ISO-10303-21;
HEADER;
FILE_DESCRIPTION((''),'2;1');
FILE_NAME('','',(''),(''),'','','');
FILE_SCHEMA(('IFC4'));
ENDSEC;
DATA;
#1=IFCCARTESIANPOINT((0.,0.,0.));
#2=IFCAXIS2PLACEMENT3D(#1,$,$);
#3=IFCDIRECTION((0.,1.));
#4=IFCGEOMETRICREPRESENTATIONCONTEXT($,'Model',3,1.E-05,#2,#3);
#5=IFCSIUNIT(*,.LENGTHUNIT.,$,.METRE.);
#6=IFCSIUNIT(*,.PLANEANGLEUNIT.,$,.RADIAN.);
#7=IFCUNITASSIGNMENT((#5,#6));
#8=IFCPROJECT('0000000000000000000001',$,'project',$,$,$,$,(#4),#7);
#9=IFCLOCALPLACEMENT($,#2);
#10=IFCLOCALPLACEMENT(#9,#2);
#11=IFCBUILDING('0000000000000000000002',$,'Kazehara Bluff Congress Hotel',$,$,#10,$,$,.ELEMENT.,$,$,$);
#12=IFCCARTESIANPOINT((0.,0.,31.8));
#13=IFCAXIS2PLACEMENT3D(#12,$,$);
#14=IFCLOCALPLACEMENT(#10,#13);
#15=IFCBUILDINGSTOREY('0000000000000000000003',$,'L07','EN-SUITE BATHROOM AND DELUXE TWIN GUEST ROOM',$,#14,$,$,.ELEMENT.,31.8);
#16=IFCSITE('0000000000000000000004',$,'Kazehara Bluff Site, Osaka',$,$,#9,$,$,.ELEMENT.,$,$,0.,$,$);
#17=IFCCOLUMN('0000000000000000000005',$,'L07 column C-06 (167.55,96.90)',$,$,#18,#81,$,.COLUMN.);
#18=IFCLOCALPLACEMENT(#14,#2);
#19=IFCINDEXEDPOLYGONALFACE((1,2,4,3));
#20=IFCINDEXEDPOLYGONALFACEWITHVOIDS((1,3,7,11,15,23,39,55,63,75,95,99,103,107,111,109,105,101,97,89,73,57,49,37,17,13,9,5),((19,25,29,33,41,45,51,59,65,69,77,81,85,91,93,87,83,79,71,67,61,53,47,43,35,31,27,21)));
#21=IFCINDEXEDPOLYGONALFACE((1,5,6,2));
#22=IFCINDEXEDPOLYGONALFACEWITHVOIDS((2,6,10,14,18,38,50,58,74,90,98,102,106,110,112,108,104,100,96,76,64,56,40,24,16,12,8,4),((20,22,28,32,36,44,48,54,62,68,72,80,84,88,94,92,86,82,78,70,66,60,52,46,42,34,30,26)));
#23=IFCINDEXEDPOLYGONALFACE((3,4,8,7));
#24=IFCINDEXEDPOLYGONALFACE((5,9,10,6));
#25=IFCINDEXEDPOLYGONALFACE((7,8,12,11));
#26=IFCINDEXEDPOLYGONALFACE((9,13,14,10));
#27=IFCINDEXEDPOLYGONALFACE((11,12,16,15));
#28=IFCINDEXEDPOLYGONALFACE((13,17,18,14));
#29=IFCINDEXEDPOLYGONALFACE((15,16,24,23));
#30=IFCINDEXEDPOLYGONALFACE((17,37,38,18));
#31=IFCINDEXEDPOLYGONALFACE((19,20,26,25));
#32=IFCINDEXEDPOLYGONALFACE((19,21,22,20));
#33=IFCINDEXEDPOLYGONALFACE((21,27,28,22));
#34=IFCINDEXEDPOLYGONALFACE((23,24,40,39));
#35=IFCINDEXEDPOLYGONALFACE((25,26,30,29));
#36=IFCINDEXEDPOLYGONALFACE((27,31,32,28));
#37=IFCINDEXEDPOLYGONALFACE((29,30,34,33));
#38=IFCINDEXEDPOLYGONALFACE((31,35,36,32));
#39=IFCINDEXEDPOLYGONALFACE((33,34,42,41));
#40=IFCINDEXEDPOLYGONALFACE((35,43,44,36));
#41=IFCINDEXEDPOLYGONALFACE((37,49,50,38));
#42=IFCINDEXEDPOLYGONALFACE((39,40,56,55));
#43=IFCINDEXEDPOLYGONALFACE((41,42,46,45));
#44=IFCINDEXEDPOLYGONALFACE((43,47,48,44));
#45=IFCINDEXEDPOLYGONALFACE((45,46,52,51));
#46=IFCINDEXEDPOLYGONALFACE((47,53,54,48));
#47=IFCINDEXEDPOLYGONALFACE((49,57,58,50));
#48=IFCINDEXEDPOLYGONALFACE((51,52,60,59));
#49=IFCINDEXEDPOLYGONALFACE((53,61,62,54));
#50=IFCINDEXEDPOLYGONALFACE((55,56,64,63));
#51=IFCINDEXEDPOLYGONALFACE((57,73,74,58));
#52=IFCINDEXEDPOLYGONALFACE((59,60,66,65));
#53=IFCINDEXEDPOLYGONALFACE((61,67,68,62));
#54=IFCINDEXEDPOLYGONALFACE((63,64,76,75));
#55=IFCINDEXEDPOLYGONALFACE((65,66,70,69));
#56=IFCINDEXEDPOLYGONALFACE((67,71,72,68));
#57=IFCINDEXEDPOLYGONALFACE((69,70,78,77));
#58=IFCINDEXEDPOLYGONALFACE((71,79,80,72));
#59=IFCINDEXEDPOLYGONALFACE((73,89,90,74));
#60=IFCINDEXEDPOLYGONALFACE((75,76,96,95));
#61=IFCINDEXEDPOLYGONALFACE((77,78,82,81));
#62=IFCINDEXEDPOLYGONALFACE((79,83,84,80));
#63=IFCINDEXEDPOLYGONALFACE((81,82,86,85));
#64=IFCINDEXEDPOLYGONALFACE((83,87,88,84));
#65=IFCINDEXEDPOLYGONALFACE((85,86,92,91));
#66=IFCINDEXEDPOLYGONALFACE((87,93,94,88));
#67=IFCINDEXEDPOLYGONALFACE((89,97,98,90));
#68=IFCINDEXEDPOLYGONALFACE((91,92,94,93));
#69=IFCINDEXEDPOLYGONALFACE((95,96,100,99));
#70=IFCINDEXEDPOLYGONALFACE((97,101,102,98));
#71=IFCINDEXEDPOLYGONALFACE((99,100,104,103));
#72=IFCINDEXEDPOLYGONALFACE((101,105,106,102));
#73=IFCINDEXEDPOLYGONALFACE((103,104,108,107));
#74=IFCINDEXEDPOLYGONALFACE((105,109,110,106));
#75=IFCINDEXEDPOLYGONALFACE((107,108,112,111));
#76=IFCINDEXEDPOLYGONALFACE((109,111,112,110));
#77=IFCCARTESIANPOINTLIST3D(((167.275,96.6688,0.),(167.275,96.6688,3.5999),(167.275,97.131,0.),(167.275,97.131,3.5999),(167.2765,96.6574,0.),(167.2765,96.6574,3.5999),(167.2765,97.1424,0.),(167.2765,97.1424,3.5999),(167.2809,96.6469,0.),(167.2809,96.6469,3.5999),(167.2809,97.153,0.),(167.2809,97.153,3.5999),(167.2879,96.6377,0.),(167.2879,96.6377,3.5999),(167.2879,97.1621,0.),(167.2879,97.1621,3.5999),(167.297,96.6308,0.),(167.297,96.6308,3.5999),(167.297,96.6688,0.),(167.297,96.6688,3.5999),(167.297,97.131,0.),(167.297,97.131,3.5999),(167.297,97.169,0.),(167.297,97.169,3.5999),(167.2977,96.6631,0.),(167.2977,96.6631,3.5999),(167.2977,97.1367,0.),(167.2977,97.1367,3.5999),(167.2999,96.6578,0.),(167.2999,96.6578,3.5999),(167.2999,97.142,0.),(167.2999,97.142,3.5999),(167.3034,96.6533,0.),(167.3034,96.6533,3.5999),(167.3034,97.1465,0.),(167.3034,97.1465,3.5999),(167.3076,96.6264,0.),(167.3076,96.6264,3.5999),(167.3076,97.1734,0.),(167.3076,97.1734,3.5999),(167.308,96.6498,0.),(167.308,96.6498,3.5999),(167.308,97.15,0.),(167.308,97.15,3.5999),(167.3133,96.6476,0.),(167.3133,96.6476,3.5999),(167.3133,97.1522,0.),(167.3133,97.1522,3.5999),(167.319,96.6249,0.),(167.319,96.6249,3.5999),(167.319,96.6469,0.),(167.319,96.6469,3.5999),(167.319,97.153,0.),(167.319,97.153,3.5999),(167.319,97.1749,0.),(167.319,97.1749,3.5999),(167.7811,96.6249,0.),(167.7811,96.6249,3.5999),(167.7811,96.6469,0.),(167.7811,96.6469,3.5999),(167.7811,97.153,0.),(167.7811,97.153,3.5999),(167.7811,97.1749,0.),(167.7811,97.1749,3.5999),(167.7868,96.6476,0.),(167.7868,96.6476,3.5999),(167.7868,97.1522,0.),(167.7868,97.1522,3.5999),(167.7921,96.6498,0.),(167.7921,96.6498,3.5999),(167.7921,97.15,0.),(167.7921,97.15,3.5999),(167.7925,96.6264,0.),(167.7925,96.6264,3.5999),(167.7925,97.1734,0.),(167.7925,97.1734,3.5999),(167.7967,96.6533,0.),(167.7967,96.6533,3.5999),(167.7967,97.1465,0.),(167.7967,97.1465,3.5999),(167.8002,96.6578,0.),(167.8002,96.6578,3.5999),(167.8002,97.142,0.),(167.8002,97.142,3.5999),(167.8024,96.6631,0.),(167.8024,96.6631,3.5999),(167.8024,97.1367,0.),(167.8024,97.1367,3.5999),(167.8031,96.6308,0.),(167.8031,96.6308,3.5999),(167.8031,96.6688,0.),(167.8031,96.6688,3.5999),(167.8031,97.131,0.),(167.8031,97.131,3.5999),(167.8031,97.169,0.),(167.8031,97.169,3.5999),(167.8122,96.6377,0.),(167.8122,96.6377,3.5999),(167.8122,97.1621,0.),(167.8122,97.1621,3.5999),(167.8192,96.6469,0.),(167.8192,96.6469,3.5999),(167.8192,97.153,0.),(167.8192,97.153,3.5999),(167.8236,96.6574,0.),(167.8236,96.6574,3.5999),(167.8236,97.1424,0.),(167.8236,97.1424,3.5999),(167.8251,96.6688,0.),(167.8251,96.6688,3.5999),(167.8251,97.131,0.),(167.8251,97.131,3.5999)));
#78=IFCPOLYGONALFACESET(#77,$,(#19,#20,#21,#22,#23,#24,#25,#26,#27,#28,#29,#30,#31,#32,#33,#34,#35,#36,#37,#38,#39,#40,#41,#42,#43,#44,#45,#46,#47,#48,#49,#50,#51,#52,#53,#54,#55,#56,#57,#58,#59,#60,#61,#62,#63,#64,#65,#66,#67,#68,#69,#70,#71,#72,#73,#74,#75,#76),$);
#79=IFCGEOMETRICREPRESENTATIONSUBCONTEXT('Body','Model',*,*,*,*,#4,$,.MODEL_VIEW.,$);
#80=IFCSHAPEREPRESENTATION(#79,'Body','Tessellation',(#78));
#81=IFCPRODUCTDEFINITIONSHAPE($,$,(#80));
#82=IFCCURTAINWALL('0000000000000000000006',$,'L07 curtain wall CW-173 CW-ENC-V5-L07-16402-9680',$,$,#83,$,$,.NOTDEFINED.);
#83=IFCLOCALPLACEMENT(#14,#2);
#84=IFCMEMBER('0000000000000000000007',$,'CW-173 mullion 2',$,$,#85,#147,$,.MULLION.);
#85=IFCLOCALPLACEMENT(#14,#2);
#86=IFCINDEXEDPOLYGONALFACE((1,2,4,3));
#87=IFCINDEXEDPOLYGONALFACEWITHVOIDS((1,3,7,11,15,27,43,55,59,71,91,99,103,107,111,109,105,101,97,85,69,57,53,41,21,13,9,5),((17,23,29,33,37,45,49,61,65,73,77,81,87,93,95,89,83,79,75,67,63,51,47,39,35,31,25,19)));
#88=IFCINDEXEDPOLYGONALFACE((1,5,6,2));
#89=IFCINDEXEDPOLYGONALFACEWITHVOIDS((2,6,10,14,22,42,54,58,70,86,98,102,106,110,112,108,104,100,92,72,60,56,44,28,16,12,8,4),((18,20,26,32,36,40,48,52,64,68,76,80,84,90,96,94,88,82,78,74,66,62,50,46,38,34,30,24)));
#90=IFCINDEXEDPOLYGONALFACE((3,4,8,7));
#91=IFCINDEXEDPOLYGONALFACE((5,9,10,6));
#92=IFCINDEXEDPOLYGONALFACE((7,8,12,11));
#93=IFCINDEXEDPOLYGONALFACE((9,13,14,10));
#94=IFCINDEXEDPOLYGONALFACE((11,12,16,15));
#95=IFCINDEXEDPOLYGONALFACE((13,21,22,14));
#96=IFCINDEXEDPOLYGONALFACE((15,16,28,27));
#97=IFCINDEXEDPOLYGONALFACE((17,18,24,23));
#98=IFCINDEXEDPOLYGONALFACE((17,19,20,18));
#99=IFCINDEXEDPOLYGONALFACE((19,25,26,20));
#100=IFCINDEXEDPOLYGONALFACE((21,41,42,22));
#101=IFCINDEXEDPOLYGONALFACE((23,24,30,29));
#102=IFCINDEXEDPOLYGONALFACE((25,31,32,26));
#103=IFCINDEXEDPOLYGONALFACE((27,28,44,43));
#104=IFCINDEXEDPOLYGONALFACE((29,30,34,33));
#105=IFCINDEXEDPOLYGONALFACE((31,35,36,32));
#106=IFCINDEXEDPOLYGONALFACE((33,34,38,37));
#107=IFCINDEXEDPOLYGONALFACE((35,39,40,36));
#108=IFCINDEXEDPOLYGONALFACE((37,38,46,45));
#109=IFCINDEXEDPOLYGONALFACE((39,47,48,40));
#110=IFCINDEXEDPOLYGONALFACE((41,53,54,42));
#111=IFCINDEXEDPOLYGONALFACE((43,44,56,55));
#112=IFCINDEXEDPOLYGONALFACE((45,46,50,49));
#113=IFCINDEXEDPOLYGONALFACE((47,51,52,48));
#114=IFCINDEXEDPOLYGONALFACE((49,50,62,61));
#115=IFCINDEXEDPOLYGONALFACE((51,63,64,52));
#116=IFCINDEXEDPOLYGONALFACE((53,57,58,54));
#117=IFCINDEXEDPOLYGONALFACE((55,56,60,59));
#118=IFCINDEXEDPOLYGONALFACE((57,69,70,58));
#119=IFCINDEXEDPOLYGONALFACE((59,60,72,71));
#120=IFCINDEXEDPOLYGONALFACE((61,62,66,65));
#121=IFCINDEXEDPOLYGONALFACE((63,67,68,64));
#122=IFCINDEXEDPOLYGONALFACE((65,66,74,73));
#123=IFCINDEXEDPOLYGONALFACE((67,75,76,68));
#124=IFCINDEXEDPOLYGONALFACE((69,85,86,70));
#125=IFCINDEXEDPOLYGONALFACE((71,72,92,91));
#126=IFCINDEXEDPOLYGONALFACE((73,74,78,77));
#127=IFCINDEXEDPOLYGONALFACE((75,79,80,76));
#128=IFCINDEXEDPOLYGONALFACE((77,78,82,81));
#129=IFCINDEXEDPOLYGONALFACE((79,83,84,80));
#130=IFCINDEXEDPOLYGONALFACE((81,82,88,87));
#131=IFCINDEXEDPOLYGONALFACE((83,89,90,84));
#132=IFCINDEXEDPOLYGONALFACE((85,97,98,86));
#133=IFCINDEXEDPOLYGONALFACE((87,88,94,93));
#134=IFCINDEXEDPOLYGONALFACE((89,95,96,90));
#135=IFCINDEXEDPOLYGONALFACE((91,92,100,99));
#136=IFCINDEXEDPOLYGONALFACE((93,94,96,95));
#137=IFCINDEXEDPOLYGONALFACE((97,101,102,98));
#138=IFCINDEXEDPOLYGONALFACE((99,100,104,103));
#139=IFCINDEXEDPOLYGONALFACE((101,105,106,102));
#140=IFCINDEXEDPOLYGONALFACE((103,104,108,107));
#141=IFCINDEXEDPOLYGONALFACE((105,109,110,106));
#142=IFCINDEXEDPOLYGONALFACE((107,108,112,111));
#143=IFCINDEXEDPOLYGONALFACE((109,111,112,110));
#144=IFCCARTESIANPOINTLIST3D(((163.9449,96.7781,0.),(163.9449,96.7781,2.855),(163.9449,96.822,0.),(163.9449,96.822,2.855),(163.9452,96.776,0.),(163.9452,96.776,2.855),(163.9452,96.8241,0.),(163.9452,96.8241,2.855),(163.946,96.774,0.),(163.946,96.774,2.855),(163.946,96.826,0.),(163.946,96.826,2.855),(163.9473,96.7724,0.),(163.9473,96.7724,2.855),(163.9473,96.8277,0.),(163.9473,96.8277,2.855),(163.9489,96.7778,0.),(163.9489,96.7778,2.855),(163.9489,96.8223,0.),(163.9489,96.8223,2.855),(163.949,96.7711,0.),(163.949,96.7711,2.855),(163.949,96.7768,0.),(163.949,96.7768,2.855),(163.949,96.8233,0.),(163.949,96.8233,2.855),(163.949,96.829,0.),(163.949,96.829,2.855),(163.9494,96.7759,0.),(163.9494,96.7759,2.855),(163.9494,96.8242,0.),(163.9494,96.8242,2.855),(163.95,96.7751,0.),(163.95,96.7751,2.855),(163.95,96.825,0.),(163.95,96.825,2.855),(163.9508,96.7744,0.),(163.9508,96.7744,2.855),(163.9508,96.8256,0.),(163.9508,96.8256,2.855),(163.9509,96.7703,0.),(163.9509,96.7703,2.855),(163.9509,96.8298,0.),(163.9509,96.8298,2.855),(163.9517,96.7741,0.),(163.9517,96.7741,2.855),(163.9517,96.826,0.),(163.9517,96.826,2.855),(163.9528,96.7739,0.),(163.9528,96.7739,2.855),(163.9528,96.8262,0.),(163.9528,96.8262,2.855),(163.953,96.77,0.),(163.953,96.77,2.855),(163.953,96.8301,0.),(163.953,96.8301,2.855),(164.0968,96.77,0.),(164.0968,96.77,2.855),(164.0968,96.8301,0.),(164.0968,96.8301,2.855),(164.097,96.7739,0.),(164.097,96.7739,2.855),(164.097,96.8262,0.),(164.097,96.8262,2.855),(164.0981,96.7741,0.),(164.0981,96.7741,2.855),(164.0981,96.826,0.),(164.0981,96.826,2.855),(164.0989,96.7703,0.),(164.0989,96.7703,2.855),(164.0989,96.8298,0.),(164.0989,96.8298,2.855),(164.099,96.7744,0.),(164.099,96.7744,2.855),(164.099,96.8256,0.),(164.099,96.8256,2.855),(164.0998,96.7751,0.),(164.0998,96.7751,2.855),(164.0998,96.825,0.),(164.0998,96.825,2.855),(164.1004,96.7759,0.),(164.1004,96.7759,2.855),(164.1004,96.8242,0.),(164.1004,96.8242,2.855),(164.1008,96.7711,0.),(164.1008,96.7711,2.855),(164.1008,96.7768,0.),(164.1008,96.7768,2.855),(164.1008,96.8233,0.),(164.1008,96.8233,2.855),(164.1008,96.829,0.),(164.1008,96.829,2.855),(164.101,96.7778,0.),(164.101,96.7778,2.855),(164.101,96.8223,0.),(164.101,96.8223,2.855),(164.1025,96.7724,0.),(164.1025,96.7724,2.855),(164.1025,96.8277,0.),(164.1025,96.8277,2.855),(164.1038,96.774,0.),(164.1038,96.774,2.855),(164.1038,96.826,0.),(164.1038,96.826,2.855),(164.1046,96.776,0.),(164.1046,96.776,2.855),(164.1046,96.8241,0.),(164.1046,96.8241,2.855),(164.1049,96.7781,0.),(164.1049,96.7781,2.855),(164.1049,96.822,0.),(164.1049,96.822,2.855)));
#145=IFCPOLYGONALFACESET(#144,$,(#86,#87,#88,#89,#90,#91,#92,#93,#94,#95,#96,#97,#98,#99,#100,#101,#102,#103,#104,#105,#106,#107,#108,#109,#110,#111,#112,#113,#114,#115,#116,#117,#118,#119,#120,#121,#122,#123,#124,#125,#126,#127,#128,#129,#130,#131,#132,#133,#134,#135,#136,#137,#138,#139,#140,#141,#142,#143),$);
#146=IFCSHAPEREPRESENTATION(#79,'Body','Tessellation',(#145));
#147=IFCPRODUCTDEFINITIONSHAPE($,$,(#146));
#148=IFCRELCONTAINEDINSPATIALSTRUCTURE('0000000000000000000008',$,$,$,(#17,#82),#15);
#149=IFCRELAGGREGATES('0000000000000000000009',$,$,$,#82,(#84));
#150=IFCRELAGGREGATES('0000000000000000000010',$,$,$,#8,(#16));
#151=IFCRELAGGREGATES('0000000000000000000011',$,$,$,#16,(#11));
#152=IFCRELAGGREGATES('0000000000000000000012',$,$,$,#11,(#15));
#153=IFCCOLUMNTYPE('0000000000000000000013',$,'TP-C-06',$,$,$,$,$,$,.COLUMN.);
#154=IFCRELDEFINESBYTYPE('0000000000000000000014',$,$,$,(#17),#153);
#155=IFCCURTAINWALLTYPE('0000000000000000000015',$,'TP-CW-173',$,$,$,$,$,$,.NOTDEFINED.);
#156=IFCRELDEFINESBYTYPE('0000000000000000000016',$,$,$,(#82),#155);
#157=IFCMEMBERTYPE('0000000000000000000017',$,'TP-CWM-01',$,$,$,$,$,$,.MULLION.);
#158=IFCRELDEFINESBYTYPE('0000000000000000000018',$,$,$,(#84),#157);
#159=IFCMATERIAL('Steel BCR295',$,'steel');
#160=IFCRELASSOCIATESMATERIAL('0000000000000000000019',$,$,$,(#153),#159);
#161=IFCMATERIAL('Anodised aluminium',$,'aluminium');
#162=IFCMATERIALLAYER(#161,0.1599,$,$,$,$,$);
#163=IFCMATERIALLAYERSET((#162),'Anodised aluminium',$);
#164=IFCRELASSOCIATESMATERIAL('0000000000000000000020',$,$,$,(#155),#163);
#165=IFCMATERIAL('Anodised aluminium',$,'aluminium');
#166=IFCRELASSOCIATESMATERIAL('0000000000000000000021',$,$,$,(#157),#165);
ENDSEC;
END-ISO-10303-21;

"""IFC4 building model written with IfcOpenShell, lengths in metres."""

from ifc_helpers import new_model, si_unit, direction, frame, origin, origin_2d, place, context, subcontext, project, spatial, hollow_rectangle, extrude, material, layer, layer_set, material_profile, profile_set, type_object, element, aggregate, save


model = new_model("IFC4")

# Units and contexts
model_context = context("Model", 3, precision=1e-05, world=origin(), true_north=direction((0.0, 1.0)))
body_context = subcontext(model_context, "Body", "Model", "MODEL_VIEW")
ifc_project = project(units=[si_unit("LENGTHUNIT", "METRE"), si_unit("PLANEANGLEUNIT", "RADIAN")], contexts=[model_context])

# Site, building, storey
site_placement = place(None, origin())
site = spatial("IfcSite", under=ifc_project, at=site_placement, Name="Kazehara Bluff Site, Osaka", CompositionType="ELEMENT", RefElevation=0.0)
building_placement = place(site_placement, origin())
building = spatial("IfcBuilding", under=site, at=building_placement, Name="Kazehara Bluff Congress Hotel", CompositionType="ELEMENT")
storey_placement = place(building_placement, frame((0.0, 0.0, 31.8)))
storey = spatial("IfcBuildingStorey", under=building, at=storey_placement, Name="L07", Description="EN-SUITE BATHROOM AND DELUXE TWIN GUEST ROOM", CompositionType="ELEMENT", Elevation=31.8)

# Column
ifc_material_1 = material(Name="Steel BCR295", Category="steel")
ifc_material_profile_1 = material_profile(ifc_material_1, hollow_rectangle(XDim=0.55, YDim=0.55, WallThickness=0.022, InnerFilletRadius=0.022, OuterFilletRadius=0.0439, at=origin_2d()))
ifc_profile_set_1 = profile_set([ifc_material_profile_1], Name="Steel BCR295")
column_type = type_object("IfcColumnType", Name="TP-C-06", PredefinedType="COLUMN", material=ifc_profile_set_1)
column_placement = place(storey_placement, frame((167.55, 96.8999, 0.0), z_axis=(0.0, 0.0, 1.0), x_axis=(1.0, 0.0, 0.0)))
element("IfcColumn", 1, at=column_placement, inside=storey, type_object=column_type, Name="L07 column C-06 (167.55,96.90)", PredefinedType="COLUMN", context=body_context, shape_type="SweptSolid", body=[
    extrude(hollow_rectangle(XDim=0.55, YDim=0.55, WallThickness=0.022, InnerFilletRadius=0.022, OuterFilletRadius=0.0439, at=origin_2d()), origin(), (0.0, 0.0, 1.0), 3.5999),
])

# Curtain wall, member
ifc_material_2 = material(Name="Anodised aluminium", Category="aluminium")
ifc_layer_1 = layer(ifc_material_2, 0.1599)
ifc_layer_set_1 = layer_set([ifc_layer_1], Name="Anodised aluminium")
curtain_wall_type = type_object("IfcCurtainWallType", Name="TP-CW-173", PredefinedType="NOTDEFINED", material=ifc_layer_set_1)
curtain_wall_placement = place(storey_placement, origin())
curtain_wall = element("IfcCurtainWall", 2, at=curtain_wall_placement, inside=storey, type_object=curtain_wall_type, Name="L07 curtain wall CW-173 CW-ENC-V5-L07-16402-9680", PredefinedType="NOTDEFINED")
ifc_material_3 = material(Name="Anodised aluminium", Category="aluminium")
ifc_material_profile_2 = material_profile(ifc_material_3, hollow_rectangle(XDim=0.0601, YDim=0.1599, WallThickness=0.0039, InnerFilletRadius=0.0039, OuterFilletRadius=0.0081, at=origin_2d()))
ifc_profile_set_2 = profile_set([ifc_material_profile_2], Name="Anodised aluminium")
member_type_1 = type_object("IfcMemberType", Name="TP-CWM-01", PredefinedType="MULLION", material=ifc_profile_set_2)
member_1_placement = place(storey_placement, frame((164.0249, 96.8, 0.0), z_axis=(0.0, 0.0, 1.0), x_axis=(0.0, 1.0, 0.0)))
member_1 = element("IfcMember", 3, at=member_1_placement, type_object=member_type_1, Name="CW-173 mullion 2", PredefinedType="MULLION", context=body_context, shape_type="SweptSolid", body=[
    extrude(hollow_rectangle(XDim=0.0601, YDim=0.1599, WallThickness=0.0039, InnerFilletRadius=0.0039, OuterFilletRadius=0.0081, at=origin_2d()), origin(), (0.0, 0.0, 1.0), 2.855),
])
aggregate(curtain_wall, [member_1])

save(model, "model.ifc")
